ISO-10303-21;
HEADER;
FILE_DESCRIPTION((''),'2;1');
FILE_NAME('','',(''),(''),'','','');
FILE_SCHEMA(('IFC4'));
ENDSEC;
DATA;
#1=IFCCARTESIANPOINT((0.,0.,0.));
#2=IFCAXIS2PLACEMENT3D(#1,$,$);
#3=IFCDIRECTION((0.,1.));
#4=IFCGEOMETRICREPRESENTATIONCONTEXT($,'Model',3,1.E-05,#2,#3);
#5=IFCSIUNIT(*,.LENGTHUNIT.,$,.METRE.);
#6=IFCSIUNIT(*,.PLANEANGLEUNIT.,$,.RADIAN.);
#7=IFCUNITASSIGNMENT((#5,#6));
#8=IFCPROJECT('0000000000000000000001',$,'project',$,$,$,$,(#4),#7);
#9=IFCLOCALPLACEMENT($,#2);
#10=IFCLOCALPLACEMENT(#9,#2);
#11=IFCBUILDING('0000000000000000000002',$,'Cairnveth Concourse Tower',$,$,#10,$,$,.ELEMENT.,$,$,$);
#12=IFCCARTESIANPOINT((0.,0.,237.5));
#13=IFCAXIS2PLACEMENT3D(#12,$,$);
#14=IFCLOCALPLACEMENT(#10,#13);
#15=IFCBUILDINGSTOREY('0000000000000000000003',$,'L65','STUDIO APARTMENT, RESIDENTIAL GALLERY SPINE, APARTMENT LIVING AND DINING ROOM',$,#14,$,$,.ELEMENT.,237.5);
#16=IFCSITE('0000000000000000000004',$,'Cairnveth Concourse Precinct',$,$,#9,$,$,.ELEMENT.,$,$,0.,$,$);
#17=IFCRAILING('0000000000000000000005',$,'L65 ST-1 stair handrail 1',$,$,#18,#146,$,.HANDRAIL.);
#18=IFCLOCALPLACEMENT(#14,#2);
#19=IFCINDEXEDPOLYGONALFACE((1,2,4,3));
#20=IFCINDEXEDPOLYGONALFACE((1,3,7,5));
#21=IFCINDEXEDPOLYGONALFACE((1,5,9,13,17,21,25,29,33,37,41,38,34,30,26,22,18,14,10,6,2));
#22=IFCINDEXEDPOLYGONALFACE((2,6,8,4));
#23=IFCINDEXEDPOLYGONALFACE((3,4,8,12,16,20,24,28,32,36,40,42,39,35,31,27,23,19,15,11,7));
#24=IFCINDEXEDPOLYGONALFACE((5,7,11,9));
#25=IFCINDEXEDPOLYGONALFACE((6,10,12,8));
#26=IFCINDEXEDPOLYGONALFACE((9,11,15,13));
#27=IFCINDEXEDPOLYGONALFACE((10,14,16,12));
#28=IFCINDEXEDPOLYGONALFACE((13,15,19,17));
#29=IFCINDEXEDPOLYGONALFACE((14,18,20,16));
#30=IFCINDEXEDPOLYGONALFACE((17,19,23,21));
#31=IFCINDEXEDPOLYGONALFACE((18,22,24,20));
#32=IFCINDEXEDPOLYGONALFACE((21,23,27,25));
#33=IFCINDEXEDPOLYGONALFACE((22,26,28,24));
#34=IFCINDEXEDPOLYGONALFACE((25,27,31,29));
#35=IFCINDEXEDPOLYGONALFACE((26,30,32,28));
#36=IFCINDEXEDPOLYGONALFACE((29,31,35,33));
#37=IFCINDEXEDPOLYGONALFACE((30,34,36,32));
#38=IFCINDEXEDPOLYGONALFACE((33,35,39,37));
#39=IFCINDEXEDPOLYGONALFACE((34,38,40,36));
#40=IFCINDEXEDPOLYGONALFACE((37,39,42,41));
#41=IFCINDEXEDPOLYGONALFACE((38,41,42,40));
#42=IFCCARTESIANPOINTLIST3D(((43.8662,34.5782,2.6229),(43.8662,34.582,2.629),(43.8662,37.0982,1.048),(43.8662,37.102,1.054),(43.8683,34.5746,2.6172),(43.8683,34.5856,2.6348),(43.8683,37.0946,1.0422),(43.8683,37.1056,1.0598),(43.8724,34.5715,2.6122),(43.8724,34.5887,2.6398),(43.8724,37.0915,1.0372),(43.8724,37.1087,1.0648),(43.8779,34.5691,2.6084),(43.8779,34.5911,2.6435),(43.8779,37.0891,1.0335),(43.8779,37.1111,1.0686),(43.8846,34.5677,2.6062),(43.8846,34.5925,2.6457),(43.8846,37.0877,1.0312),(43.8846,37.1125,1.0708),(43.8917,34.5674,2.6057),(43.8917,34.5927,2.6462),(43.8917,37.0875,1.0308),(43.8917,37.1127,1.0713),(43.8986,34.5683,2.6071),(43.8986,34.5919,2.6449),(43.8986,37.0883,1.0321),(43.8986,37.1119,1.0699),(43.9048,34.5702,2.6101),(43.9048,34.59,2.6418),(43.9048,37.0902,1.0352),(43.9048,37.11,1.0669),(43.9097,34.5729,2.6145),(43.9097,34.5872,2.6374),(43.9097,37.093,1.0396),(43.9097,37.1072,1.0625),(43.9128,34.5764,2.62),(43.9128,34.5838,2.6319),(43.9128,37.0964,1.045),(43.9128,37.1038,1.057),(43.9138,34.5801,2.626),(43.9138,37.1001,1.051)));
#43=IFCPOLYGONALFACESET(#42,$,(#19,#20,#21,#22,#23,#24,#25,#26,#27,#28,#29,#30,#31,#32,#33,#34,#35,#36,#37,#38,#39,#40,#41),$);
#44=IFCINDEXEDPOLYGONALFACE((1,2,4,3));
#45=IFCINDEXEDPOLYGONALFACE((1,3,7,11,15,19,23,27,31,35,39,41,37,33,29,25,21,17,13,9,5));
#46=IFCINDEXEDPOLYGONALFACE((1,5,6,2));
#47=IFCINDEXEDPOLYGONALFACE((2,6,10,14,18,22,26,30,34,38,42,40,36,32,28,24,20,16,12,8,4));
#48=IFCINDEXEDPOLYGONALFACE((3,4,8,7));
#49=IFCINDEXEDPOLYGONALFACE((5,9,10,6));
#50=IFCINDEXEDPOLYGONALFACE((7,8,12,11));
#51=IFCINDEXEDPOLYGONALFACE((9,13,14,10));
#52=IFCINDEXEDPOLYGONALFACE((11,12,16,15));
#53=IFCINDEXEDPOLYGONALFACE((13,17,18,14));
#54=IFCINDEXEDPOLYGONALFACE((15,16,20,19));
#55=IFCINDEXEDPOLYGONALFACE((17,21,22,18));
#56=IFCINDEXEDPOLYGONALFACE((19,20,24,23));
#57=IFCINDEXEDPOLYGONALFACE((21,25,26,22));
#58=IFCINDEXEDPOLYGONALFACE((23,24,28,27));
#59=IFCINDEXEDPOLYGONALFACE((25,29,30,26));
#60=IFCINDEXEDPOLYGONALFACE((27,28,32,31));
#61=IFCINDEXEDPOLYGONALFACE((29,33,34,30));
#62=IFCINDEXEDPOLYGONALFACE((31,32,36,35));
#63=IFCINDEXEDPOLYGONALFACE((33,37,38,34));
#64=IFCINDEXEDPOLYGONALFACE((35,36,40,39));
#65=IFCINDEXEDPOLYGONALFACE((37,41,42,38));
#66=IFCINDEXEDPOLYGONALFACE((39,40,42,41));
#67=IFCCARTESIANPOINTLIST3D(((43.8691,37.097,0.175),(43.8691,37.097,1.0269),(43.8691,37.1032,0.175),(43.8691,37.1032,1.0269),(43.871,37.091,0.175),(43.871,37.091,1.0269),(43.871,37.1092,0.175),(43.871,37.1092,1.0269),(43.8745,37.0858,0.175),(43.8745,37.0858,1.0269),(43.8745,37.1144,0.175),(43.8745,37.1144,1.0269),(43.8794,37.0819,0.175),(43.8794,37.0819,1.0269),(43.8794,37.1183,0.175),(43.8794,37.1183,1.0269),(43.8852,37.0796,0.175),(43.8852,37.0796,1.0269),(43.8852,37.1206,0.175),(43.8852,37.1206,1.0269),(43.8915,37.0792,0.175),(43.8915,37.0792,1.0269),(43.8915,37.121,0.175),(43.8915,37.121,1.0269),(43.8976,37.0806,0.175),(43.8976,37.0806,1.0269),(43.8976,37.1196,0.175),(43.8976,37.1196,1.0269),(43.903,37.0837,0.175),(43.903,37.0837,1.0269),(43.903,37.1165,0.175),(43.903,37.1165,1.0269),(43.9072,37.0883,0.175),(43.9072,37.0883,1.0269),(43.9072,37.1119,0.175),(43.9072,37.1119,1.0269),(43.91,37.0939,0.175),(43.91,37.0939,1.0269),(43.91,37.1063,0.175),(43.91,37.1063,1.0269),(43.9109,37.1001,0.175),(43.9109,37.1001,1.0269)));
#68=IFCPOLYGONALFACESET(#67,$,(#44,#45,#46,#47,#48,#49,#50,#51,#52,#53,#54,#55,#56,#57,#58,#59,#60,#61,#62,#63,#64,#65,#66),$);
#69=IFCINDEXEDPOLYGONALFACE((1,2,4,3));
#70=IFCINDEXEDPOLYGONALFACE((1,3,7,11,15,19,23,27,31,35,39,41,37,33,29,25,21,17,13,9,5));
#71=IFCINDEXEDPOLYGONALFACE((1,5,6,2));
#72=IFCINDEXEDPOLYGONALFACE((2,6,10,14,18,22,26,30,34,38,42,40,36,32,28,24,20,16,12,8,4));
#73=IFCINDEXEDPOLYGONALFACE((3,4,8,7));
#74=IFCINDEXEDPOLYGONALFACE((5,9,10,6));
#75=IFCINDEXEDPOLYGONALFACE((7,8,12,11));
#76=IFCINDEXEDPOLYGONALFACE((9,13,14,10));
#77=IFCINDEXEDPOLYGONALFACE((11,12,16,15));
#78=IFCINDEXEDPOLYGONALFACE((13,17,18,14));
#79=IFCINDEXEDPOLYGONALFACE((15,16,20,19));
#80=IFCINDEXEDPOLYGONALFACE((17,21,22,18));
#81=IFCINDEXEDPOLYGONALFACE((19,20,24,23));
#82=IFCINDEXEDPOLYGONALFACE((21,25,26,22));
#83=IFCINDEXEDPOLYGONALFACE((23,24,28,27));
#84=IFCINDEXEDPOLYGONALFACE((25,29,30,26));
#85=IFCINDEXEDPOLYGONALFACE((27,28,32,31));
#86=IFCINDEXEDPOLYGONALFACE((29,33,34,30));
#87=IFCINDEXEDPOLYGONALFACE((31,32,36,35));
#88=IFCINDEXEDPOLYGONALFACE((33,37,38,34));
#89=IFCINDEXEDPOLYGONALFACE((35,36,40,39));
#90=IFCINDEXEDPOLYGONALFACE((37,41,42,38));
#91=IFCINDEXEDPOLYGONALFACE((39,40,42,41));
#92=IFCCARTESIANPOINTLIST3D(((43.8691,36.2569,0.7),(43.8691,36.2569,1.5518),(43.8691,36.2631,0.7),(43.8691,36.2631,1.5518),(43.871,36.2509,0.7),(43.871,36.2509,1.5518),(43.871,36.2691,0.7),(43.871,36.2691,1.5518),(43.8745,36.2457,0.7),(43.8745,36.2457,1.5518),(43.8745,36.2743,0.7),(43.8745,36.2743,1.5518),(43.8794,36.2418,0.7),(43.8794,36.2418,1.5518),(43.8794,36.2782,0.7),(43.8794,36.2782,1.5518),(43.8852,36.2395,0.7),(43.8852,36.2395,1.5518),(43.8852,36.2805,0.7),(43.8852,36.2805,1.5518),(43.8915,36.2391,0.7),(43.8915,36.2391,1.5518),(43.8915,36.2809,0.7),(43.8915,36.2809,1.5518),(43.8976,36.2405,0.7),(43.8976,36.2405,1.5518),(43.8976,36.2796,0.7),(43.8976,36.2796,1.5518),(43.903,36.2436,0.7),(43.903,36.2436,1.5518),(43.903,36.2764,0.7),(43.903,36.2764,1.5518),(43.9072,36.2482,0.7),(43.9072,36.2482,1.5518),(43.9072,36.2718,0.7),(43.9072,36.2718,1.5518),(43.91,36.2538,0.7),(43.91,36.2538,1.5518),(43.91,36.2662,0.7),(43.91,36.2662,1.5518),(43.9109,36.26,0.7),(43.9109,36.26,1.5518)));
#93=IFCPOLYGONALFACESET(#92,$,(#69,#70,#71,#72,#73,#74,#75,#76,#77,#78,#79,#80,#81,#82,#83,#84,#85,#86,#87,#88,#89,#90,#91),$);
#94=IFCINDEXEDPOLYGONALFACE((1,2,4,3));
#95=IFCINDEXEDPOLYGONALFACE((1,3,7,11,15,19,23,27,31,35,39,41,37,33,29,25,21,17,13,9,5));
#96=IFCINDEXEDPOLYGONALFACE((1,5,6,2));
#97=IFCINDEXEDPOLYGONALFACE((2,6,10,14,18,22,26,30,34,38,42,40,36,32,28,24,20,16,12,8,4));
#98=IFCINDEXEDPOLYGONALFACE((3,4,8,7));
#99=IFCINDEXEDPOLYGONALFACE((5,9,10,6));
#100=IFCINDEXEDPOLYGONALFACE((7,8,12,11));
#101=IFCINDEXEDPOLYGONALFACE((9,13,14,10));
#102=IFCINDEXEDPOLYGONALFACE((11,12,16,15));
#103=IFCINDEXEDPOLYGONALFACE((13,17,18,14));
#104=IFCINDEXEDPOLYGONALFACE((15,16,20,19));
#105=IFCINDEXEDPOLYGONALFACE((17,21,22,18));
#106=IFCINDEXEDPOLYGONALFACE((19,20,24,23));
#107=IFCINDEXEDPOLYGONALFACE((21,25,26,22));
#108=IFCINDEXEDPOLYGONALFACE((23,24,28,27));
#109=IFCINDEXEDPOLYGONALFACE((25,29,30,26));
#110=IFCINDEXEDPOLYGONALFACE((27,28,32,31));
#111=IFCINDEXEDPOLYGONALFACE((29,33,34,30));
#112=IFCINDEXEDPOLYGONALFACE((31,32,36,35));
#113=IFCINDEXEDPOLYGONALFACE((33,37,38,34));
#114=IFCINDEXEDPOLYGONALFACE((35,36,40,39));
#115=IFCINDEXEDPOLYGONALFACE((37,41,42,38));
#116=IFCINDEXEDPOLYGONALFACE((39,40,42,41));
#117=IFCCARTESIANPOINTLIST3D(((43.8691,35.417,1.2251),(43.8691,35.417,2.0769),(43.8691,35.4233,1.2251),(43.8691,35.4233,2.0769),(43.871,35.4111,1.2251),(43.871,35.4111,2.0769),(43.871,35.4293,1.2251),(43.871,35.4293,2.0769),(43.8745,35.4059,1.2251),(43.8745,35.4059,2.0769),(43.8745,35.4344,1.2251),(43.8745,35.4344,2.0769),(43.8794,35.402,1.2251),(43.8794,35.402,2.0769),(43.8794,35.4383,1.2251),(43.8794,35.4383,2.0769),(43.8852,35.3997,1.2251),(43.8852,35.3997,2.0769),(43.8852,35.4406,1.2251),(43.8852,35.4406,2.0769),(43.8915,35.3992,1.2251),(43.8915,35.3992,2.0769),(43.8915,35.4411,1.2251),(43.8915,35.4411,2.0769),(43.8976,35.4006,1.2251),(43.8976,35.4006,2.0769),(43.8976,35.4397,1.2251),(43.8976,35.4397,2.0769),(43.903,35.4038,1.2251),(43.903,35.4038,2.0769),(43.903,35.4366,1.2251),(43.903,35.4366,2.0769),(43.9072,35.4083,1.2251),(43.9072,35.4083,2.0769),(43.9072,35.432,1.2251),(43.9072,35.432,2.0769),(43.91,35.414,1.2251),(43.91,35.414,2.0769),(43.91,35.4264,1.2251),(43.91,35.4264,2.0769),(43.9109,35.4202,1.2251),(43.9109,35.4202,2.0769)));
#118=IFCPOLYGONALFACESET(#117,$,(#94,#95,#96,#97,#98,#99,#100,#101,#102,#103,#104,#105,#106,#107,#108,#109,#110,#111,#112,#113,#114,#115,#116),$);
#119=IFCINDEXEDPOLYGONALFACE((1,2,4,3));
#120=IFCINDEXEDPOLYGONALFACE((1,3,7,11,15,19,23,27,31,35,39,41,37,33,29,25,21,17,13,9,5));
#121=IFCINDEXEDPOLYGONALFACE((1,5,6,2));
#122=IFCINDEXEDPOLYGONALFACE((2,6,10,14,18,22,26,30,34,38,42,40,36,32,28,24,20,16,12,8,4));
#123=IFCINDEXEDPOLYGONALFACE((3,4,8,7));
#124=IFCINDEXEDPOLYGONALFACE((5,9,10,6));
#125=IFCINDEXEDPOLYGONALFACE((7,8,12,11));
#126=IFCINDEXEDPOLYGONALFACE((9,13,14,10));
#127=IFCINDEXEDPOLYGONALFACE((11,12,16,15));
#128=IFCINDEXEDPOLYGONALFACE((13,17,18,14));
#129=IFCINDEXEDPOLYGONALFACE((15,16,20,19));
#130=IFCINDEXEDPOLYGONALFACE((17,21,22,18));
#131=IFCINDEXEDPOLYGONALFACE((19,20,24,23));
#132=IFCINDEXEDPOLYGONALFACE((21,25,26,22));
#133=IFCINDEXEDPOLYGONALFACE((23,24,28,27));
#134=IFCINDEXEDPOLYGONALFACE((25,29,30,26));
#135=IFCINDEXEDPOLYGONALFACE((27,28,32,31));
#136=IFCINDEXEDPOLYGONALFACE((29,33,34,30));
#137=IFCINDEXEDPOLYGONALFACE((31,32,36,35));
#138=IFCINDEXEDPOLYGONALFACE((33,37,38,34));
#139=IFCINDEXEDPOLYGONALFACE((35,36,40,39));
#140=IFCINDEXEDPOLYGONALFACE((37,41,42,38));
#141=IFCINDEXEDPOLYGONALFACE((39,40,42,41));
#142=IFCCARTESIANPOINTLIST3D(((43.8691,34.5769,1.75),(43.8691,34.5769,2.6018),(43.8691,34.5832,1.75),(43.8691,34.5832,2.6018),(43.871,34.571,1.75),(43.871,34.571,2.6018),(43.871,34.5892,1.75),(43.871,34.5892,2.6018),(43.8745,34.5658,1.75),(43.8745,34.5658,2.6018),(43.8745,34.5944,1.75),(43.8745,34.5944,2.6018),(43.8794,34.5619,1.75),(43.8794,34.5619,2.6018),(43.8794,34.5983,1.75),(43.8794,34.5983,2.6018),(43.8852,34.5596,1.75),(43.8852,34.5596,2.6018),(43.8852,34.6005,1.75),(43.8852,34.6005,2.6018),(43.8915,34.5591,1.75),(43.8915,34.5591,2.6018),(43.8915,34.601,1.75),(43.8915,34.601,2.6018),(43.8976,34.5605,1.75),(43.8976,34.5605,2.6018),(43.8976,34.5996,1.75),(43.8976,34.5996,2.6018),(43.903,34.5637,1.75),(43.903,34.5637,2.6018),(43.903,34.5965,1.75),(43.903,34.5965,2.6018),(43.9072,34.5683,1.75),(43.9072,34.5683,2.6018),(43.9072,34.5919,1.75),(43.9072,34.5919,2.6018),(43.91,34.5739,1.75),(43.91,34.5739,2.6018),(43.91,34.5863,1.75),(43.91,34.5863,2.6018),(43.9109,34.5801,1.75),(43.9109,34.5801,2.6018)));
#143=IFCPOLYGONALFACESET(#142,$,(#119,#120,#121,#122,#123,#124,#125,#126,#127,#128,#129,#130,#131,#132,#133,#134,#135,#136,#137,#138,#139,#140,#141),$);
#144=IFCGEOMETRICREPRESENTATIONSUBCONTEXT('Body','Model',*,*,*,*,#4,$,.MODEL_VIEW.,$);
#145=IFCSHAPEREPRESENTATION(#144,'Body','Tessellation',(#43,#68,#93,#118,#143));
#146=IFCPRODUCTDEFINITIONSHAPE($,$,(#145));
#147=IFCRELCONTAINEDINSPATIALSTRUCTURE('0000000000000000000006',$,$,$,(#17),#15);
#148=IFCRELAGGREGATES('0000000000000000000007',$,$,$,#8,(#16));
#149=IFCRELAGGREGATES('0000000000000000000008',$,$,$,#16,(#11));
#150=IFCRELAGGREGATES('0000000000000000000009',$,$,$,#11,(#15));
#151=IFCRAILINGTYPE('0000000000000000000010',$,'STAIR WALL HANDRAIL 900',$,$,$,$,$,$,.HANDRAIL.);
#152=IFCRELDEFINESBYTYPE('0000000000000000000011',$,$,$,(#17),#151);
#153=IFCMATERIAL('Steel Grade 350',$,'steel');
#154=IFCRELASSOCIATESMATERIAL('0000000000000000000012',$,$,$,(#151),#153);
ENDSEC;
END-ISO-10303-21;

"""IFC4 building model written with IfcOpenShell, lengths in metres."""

from ifc_helpers import new_model, si_unit, direction, frame, origin, origin_2d, place, context, subcontext, project, spatial, circle, extrude, material, type_object, element, save


model = new_model("IFC4")

# Units and contexts
model_context = context("Model", 3, precision=1e-05, world=origin(), true_north=direction((0.0, 1.0)))
body_context = subcontext(model_context, "Body", "Model", "MODEL_VIEW")
ifc_project = project(units=[si_unit("LENGTHUNIT", "METRE"), si_unit("PLANEANGLEUNIT", "RADIAN")], contexts=[model_context])

# Site, building, storey
site_placement = place(None, origin())
site = spatial("IfcSite", under=ifc_project, at=site_placement, Name="Cairnveth Concourse Precinct", CompositionType="ELEMENT", RefElevation=0.0)
building_placement = place(site_placement, origin())
building = spatial("IfcBuilding", under=site, at=building_placement, Name="Cairnveth Concourse Tower", CompositionType="ELEMENT")
storey_placement = place(building_placement, frame((0.0, 0.0, 237.5)))
storey = spatial("IfcBuildingStorey", under=building, at=storey_placement, Name="L65", Description="STUDIO APARTMENT, RESIDENTIAL GALLERY SPINE, APARTMENT LIVING AND DINING ROOM", CompositionType="ELEMENT", Elevation=237.5)

# Shared definitions
ifc_material_1 = material(Name="Steel Grade 350", Category="steel")

# Railing
railing_type_1 = type_object("IfcRailingType", Name="STAIR WALL HANDRAIL 900", PredefinedType="HANDRAIL", material=ifc_material_1)
railing_1_placement = place(storey_placement, frame((43.8899, 37.1001, 0.175)))
element("IfcRailing", 1, at=railing_1_placement, inside=storey, type_object=railing_type_1, Name="L65 ST-1 stair handrail 1", PredefinedType="HANDRAIL", context=body_context, shape_type="SweptSolid", body=[
    extrude(circle(Radius=0.0239, at=origin_2d()), frame((0.0, 0.0, 0.876), z_axis=(0.0, -0.848008, 0.529984), x_axis=(1.0, 0.0, 0.0)), (0.0, 0.0, 1.0), 2.9717),
    extrude(circle(Radius=0.021, at=origin_2d()), origin(), (0.0, 0.0, 1.0), 0.8518),
    extrude(circle(Radius=0.021, at=origin_2d()), frame((0.0, -0.8401, 0.5249)), (0.0, 0.0, 1.0), 0.8518),
    extrude(circle(Radius=0.021, at=origin_2d()), frame((0.0, -1.6799, 1.05)), (0.0, 0.0, 1.0), 0.8518),
    extrude(circle(Radius=0.021, at=origin_2d()), frame((0.0, -2.52, 1.575)), (0.0, 0.0, 1.0), 0.8518),
])

save(model, "model.ifc")
